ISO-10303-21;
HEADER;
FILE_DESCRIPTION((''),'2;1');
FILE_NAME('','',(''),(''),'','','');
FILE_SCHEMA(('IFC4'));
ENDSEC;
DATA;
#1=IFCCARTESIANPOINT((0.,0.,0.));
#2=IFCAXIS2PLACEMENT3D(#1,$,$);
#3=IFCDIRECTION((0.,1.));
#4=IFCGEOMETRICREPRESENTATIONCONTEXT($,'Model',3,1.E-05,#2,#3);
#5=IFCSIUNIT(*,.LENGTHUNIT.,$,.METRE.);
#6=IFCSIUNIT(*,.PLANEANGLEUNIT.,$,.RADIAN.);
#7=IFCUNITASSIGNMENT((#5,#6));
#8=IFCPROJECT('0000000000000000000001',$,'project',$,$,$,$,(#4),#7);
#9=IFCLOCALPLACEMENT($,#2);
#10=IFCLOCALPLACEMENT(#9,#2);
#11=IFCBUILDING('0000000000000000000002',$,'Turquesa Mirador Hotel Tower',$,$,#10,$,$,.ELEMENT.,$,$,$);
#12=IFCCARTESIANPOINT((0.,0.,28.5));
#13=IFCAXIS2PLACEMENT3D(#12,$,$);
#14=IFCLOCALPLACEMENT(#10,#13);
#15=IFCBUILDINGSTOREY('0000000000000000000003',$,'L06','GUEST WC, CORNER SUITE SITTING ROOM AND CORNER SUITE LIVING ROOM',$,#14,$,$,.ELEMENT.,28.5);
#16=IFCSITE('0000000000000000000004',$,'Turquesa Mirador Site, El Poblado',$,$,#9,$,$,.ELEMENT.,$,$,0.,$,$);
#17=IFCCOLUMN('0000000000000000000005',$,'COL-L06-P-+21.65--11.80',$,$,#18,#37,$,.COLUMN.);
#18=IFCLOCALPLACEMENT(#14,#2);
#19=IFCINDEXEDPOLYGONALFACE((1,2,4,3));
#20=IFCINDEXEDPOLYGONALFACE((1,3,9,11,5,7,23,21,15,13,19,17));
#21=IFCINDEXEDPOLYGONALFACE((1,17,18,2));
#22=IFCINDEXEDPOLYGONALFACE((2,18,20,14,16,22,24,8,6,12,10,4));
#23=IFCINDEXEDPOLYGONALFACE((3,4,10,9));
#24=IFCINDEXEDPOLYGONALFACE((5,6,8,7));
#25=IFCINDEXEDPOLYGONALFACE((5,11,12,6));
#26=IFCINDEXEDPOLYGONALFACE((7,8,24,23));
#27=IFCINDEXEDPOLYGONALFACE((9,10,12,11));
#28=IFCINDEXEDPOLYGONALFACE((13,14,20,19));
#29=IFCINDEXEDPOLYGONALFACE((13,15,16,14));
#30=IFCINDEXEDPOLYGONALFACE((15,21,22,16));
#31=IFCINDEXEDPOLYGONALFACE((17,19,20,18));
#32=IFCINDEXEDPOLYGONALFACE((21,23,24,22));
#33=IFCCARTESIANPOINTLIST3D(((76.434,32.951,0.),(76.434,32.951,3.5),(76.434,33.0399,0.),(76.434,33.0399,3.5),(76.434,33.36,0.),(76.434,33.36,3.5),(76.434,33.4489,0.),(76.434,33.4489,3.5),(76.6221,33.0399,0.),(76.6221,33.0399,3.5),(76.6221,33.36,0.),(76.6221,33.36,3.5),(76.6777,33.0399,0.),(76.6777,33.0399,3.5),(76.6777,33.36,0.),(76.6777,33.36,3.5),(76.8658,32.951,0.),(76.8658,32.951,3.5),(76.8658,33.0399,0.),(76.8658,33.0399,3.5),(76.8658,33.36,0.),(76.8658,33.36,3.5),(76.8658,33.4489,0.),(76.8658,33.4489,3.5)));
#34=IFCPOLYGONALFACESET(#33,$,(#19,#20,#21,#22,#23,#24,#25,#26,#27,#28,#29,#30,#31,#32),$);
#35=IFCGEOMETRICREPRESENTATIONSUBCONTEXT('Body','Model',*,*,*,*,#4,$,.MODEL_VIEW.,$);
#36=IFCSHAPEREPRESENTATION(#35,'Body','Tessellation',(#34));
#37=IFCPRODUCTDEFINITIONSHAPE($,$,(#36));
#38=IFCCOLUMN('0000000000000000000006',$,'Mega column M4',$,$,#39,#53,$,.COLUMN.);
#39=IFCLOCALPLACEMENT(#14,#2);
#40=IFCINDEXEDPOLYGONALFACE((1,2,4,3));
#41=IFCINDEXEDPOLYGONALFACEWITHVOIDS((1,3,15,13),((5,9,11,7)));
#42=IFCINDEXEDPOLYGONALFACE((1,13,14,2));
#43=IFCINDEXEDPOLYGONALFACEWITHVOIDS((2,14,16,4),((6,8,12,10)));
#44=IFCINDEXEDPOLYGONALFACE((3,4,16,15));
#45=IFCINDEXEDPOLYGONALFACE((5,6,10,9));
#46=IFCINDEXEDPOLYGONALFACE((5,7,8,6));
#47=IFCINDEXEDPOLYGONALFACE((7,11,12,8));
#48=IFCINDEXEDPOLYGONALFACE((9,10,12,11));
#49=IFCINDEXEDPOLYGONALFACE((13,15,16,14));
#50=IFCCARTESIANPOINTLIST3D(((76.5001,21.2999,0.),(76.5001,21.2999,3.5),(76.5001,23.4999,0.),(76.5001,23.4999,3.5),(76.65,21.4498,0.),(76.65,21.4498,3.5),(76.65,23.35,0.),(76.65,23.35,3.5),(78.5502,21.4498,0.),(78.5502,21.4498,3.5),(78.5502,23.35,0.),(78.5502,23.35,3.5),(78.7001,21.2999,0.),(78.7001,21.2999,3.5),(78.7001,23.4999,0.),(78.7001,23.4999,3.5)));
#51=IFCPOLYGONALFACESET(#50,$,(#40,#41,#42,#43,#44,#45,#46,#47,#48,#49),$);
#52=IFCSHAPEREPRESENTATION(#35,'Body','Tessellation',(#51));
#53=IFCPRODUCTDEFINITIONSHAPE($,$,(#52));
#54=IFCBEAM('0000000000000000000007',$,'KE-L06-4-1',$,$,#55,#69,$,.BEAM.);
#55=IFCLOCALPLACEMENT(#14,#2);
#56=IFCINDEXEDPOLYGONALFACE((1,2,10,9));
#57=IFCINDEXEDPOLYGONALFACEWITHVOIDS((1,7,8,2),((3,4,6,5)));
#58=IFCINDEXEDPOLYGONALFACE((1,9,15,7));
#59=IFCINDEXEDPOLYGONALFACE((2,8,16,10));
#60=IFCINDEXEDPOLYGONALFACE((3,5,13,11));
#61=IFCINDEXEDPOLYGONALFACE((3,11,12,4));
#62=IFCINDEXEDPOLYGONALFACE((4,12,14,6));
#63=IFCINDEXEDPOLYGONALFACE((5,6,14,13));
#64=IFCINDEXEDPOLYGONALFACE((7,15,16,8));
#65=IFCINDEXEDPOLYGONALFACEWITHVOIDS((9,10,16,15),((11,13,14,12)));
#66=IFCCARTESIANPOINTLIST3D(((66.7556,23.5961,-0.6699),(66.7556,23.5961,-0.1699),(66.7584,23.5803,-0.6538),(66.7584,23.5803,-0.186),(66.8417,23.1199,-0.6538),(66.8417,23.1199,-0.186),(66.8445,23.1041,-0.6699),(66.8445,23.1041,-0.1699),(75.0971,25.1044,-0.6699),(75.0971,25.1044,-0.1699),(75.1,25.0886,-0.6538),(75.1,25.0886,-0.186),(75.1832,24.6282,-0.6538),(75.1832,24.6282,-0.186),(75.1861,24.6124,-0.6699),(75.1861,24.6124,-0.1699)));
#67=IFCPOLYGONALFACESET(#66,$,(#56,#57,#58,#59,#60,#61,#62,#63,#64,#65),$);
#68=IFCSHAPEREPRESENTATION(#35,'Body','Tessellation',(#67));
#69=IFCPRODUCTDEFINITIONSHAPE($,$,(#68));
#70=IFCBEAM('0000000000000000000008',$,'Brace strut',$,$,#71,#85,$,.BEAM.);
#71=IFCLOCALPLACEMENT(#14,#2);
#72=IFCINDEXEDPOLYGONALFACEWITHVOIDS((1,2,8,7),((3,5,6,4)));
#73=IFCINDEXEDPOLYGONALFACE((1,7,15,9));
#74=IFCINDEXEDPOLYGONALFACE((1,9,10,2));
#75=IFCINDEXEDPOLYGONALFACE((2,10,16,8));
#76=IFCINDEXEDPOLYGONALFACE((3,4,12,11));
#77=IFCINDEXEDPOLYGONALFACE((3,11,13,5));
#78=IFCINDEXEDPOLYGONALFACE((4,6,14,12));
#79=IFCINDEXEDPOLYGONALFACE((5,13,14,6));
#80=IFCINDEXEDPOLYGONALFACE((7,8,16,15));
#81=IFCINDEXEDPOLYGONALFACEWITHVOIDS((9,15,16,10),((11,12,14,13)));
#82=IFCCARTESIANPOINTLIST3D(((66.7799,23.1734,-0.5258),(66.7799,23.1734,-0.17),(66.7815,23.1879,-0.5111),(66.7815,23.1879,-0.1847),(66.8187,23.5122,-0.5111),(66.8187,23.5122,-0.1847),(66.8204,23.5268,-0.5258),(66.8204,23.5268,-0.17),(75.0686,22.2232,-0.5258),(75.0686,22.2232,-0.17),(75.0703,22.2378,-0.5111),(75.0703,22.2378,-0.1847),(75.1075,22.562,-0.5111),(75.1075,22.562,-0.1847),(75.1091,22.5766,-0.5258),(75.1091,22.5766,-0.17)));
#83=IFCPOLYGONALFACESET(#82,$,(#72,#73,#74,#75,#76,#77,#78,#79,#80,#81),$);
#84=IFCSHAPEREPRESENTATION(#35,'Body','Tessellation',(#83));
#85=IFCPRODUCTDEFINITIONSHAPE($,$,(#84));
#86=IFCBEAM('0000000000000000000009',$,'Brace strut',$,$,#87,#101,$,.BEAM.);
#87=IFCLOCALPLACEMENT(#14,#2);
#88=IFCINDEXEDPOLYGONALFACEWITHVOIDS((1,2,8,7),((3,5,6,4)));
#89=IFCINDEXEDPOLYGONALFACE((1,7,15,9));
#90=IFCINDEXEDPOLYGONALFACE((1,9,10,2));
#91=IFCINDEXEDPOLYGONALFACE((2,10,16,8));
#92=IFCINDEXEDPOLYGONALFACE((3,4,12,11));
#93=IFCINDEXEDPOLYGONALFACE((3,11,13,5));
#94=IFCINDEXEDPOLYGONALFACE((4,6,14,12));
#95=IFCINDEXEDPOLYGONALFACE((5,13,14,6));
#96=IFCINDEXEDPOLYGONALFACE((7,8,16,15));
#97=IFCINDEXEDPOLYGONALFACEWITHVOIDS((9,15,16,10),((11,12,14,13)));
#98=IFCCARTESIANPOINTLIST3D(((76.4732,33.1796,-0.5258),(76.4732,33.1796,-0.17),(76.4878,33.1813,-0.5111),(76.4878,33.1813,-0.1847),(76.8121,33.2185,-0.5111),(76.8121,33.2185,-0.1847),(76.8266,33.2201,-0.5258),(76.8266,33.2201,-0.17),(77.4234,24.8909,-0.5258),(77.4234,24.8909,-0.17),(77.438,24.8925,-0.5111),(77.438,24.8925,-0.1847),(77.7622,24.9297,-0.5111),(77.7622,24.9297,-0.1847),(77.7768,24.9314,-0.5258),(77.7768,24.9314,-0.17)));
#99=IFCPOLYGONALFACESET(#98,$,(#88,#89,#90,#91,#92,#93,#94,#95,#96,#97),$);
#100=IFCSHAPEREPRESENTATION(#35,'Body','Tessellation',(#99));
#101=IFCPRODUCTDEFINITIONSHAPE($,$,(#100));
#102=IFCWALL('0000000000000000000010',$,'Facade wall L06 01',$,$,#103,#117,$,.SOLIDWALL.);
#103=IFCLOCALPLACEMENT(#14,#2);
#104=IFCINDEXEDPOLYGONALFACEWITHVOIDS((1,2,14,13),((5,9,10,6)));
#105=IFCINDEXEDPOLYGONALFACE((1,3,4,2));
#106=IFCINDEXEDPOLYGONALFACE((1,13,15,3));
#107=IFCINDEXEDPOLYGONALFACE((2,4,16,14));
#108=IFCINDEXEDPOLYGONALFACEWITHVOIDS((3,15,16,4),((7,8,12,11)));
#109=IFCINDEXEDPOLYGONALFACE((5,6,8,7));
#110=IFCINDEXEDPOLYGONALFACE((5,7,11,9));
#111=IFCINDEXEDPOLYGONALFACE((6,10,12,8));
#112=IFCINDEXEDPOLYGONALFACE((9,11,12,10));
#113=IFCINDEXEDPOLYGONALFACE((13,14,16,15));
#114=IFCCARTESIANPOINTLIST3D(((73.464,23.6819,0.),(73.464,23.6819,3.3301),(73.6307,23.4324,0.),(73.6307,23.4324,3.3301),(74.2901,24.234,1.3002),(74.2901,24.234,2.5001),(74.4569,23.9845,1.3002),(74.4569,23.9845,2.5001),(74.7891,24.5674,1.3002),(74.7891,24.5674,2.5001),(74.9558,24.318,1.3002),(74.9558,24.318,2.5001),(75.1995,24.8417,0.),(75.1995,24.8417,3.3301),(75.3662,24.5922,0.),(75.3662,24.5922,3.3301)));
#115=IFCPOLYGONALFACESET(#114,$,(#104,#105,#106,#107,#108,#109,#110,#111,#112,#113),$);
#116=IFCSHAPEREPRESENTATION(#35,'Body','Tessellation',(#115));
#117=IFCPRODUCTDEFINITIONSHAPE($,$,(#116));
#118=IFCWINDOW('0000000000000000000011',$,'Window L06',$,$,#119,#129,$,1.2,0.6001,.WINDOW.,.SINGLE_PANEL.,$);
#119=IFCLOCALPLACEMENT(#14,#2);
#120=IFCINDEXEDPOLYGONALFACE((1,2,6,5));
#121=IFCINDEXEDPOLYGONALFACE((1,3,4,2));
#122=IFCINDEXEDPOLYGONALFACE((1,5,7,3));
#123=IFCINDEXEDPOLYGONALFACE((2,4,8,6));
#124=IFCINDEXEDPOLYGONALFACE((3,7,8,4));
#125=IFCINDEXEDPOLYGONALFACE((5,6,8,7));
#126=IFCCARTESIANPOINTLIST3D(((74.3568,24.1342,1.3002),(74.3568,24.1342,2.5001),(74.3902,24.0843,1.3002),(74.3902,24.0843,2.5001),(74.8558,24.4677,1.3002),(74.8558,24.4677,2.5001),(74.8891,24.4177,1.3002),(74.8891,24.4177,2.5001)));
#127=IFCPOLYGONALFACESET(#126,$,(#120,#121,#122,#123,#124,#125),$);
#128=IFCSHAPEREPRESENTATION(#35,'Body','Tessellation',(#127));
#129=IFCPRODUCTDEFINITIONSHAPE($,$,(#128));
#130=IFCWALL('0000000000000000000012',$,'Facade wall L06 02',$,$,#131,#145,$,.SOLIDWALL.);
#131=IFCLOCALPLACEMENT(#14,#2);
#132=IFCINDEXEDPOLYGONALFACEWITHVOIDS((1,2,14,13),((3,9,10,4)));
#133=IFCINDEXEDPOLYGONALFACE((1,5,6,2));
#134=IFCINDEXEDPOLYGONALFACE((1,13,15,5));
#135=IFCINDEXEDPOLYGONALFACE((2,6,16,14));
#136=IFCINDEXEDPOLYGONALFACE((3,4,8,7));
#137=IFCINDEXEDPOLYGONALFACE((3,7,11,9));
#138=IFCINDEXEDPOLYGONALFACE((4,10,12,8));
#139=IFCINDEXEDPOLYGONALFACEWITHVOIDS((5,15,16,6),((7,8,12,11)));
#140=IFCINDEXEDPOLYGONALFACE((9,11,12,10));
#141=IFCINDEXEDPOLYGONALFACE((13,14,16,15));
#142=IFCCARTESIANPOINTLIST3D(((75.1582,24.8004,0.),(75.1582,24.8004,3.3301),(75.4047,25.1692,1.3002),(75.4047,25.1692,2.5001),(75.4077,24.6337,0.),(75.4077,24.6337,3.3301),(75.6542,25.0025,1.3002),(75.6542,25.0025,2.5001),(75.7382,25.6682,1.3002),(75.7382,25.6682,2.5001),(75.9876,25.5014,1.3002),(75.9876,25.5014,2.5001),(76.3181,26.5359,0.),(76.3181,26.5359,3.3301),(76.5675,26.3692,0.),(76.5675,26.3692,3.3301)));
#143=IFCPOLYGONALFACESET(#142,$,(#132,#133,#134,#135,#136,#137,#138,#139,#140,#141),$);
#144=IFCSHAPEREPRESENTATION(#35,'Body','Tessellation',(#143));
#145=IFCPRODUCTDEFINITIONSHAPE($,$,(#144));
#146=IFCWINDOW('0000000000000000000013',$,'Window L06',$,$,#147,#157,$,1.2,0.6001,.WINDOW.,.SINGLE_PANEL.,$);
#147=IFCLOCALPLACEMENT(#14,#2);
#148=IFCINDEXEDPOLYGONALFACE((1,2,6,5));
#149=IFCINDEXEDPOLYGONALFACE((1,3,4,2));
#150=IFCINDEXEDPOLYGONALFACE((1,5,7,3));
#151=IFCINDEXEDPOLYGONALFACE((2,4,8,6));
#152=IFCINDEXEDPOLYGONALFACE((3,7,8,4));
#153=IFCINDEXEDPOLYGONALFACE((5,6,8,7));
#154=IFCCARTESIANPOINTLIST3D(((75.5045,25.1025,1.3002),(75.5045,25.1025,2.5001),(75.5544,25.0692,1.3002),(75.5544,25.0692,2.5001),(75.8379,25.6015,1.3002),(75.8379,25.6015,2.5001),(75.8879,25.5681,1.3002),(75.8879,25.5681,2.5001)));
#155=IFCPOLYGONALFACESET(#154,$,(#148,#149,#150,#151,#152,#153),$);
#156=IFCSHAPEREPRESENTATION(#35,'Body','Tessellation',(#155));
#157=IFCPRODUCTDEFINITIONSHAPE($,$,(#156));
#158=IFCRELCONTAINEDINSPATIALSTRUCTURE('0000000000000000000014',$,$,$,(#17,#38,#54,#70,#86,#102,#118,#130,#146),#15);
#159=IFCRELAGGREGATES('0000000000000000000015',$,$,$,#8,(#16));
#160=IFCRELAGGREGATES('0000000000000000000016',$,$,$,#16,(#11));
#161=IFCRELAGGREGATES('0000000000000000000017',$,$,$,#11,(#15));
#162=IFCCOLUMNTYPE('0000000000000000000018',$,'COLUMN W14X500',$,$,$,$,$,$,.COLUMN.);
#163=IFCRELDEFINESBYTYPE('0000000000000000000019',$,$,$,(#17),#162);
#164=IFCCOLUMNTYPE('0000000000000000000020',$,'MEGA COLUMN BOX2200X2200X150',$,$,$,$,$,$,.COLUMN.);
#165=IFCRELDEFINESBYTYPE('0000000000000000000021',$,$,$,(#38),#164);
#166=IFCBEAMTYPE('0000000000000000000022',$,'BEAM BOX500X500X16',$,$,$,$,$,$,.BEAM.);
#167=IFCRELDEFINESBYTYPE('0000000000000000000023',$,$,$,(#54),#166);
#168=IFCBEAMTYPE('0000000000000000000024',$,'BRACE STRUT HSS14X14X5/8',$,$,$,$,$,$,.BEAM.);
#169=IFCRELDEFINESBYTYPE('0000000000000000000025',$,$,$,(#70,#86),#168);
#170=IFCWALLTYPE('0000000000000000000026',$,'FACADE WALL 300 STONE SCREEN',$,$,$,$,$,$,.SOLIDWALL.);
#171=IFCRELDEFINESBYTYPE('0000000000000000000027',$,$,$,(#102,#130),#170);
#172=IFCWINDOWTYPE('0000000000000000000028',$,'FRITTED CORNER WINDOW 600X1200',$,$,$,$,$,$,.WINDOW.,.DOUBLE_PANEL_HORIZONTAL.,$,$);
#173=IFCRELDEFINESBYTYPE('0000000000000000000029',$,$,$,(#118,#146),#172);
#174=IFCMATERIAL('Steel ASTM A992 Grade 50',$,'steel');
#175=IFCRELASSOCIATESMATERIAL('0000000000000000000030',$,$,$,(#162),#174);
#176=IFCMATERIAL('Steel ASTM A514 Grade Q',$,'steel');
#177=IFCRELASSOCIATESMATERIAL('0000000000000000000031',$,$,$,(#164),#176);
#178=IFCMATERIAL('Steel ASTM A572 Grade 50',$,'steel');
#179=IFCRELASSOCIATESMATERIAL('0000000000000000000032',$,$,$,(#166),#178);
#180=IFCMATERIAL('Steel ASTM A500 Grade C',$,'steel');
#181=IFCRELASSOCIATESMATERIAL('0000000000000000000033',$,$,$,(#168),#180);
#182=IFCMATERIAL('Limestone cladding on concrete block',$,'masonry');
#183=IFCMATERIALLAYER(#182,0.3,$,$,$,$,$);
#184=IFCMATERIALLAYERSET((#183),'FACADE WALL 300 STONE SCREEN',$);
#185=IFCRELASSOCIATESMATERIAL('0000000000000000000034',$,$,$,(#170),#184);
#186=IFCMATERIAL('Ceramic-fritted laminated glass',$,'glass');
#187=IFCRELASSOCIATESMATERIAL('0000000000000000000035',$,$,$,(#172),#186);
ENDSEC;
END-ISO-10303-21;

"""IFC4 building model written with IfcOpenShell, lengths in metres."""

from ifc_helpers import new_model, si_unit, direction, frame, frame_2d, origin, origin_2d, place, context, subcontext, project, spatial, rectangle, hollow_rectangle, i_section, extrude, material, layer, layer_set, material_profile, profile_set, type_object, element, fill, save


model = new_model("IFC4")

# Units and contexts
model_context = context("Model", 3, precision=1e-05, world=origin(), true_north=direction((0.0, 1.0)))
body_context = subcontext(model_context, "Body", "Model", "MODEL_VIEW")
ifc_project = project(units=[si_unit("LENGTHUNIT", "METRE"), si_unit("PLANEANGLEUNIT", "RADIAN")], contexts=[model_context])

# Site, building, storey
site_placement = place(None, origin())
site = spatial("IfcSite", under=ifc_project, at=site_placement, Name="Turquesa Mirador Site, El Poblado", CompositionType="ELEMENT", RefElevation=0.0)
building_placement = place(site_placement, origin())
building = spatial("IfcBuilding", under=site, at=building_placement, Name="Turquesa Mirador Hotel Tower", CompositionType="ELEMENT")
storey_placement = place(building_placement, frame((0.0, 0.0, 28.5)))
storey = spatial("IfcBuildingStorey", under=building, at=storey_placement, Name="L06", Description="GUEST WC, CORNER SUITE SITTING ROOM AND CORNER SUITE LIVING ROOM", CompositionType="ELEMENT", Elevation=28.5)

# Columns
ifc_material_1 = material(Name="Steel ASTM A992 Grade 50", Category="steel")
ifc_material_profile_1 = material_profile(ifc_material_1, i_section(OverallWidth=0.4319, OverallDepth=0.4978, WebThickness=0.0557, FlangeThickness=0.0889, at=origin_2d()), Name="W14X500")
ifc_profile_set_1 = profile_set([ifc_material_profile_1], Name="Steel ASTM A992 Grade 50")
column_type_1 = type_object("IfcColumnType", Name="COLUMN W14X500", PredefinedType="COLUMN", material=ifc_profile_set_1)
column_1_placement = place(storey_placement, frame((76.6499, 33.2, 0.0), z_axis=(0.0, 0.0, 1.0), x_axis=(1.0, 0.0, 0.0)))
element("IfcColumn", 1, at=column_1_placement, inside=storey, type_object=column_type_1, Name="COL-L06-P-+21.65--11.80", PredefinedType="COLUMN", context=body_context, shape_type="SweptSolid", body=[
    extrude(i_section(OverallWidth=0.4319, OverallDepth=0.4978, WebThickness=0.0557, FlangeThickness=0.0889, at=origin_2d()), origin(), (0.0, 0.0, 1.0), 3.5),
])
ifc_material_2 = material(Name="Steel ASTM A514 Grade Q", Category="steel")
ifc_material_profile_2 = material_profile(ifc_material_2, hollow_rectangle(XDim=2.2, YDim=2.2, WallThickness=0.1499, at=origin_2d()), Name="BOX2200X2200X150")
ifc_profile_set_2 = profile_set([ifc_material_profile_2], Name="Steel ASTM A514 Grade Q")
column_type_2 = type_object("IfcColumnType", Name="MEGA COLUMN BOX2200X2200X150", PredefinedType="COLUMN", material=ifc_profile_set_2)
column_2_placement = place(storey_placement, frame((77.6001, 22.3999, 0.0), z_axis=(0.0, 0.0, 1.0), x_axis=(1.0, 0.0, 0.0)))
element("IfcColumn", 2, at=column_2_placement, inside=storey, type_object=column_type_2, Name="Mega column M4", PredefinedType="COLUMN", context=body_context, shape_type="SweptSolid", body=[
    extrude(hollow_rectangle(XDim=2.2, YDim=2.2, WallThickness=0.1499, at=origin_2d()), origin(), (0.0, 0.0, 1.0), 3.5),
])

# Beams
ifc_material_3 = material(Name="Steel ASTM A572 Grade 50", Category="steel")
ifc_material_profile_3 = material_profile(ifc_material_3, hollow_rectangle(XDim=0.5, YDim=0.5, WallThickness=0.0161, at=origin_2d()), Name="BOX500X500X16")
ifc_profile_set_3 = profile_set([ifc_material_profile_3], Name="Steel ASTM A572 Grade 50")
beam_type_1 = type_object("IfcBeamType", Name="BEAM BOX500X500X16", PredefinedType="BEAM", material=ifc_profile_set_3)
beam_placement = place(storey_placement, frame((75.1416, 24.8584, -0.4199), z_axis=(-0.984043, -0.177932, 0.0), x_axis=(0.177932, -0.984043, 0.0)))
element("IfcBeam", 3, at=beam_placement, inside=storey, type_object=beam_type_1, Name="KE-L06-4-1", PredefinedType="BEAM", context=body_context, shape_type="SweptSolid", body=[
    extrude(hollow_rectangle(XDim=0.5, YDim=0.5, WallThickness=0.0161, at=origin_2d()), origin(), (0.0, 0.0, 1.0), 8.4768),
])
ifc_material_4 = material(Name="Steel ASTM A500 Grade C", Category="steel")
ifc_material_profile_4 = material_profile(ifc_material_4, hollow_rectangle(XDim=0.3557, YDim=0.3557, WallThickness=0.0146, at=origin_2d()), Name="HSS14X14X5/8")
ifc_profile_set_4 = profile_set([ifc_material_profile_4], Name="Steel ASTM A500 Grade C")
beam_type_2 = type_object("IfcBeamType", Name="BRACE STRUT HSS14X14X5/8", PredefinedType="BEAM", material=ifc_profile_set_4)
for number, where, z_axis, x_axis, name in (
    (4, (75.0889, 22.3999, -0.3479), (-0.993493, 0.11389, 0.0), (-0.11389, -0.993493, 0.0), "Brace strut"),
    (5, (77.6001, 24.9111, -0.3479), (-0.11389, 0.993493, 0.0), (-0.993493, -0.11389, 0.0), "Brace strut"),
):
    element("IfcBeam", number, at=place(storey_placement, frame(where, z_axis=z_axis, x_axis=x_axis)), inside=storey, type_object=beam_type_2, Name=name, PredefinedType="BEAM", context=body_context, shape_type="SweptSolid", body=[
        extrude(hollow_rectangle(XDim=0.3557, YDim=0.3557, WallThickness=0.0146, at=origin_2d()), origin(), (0.0, 0.0, 1.0), 8.343),
    ])

# Walls, openings, windows
ifc_material_5 = material(Name="Limestone cladding on concrete block", Category="masonry")
ifc_layer = layer(ifc_material_5, 0.3)
ifc_layer_set = layer_set([ifc_layer], Name="FACADE WALL 300 STONE SCREEN")
wall_type = type_object("IfcWallType", Name="FACADE WALL 300 STONE SCREEN", PredefinedType="SOLIDWALL", material=ifc_layer_set)
wall_1_placement = place(storey_placement, frame((73.5474, 23.5571, 0.0), z_axis=(0.0, 0.0, 1.0), x_axis=(0.83142, 0.555644, 0.0)))
wall_1 = element("IfcWall", 6, at=wall_1_placement, inside=storey, type_object=wall_type, Name="Facade wall L06 01", PredefinedType="SOLIDWALL", context=body_context, shape_type="SweptSolid", body=[
    extrude(rectangle(XDim=2.0874, YDim=0.3, at=frame_2d((1.0437, 0.0))), origin(), (0.0, 0.0, 1.0), 3.3301),
])
opening_1_placement = place(wall_1_placement, frame((0.9937, 0.0, 1.3)))
opening_1 = element("IfcOpeningElement", 7, at=opening_1_placement, cuts=wall_1, PredefinedType="OPENING", context=body_context, shape_type="SweptSolid", body=[
    extrude(rectangle(XDim=0.6001, YDim=1.2, at=frame_2d((0.3, 0.6001))), frame((0.0, 0.1599, 0.0), z_axis=(0.0, -1.0, 0.0), x_axis=(1.0, 0.0, 0.0)), (0.0, 0.0, 1.0), 0.3201),
])
ifc_material_6 = material(Name="Ceramic-fritted laminated glass", Category="glass")
window_type_1 = type_object("IfcWindowType", Name="FRITTED CORNER WINDOW 600X1200", PartitioningType="DOUBLE_PANEL_HORIZONTAL", PredefinedType="WINDOW", material=ifc_material_6)
window_1_placement = place(opening_1_placement, origin())
window_1 = element("IfcWindow", 8, at=window_1_placement, inside=storey, type_object=window_type_1, Name="Window L06", OverallHeight=1.2, OverallWidth=0.6001, PartitioningType="SINGLE_PANEL", PredefinedType="WINDOW", context=body_context, shape_type="SweptSolid", body=[
    extrude(rectangle(XDim=0.6001, YDim=1.2, at=frame_2d((0.3, 0.6001))), frame((0.0, 0.03, 0.0), z_axis=(0.0, -1.0, 0.0), x_axis=(1.0, 0.0, 0.0)), (0.0, 0.0, 1.0), 0.0601),
])
fill(opening_1, window_1)
wall_2_placement = place(storey_placement, frame((75.283, 24.717, 0.0), z_axis=(0.0, 0.0, 1.0), x_axis=(0.555644, 0.83142, 0.0)))
wall_2 = element("IfcWall", 9, at=wall_2_placement, inside=storey, type_object=wall_type, Name="Facade wall L06 02", PredefinedType="SOLIDWALL", context=body_context, shape_type="SweptSolid", body=[
    extrude(rectangle(XDim=2.0874, YDim=0.3, at=frame_2d((1.0437, 0.0))), origin(), (0.0, 0.0, 1.0), 3.3301),
])
opening_2_placement = place(wall_2_placement, frame((0.4436, 0.0, 1.3)))
opening_2 = element("IfcOpeningElement", 10, at=opening_2_placement, cuts=wall_2, PredefinedType="OPENING", context=body_context, shape_type="SweptSolid", body=[
    extrude(rectangle(XDim=0.6001, YDim=1.2, at=frame_2d((0.3, 0.6001))), frame((0.0, 0.1599, 0.0), z_axis=(0.0, -1.0, 0.0), x_axis=(1.0, 0.0, 0.0)), (0.0, 0.0, 1.0), 0.3201),
])
window_2_placement = place(opening_2_placement, origin())
window_2 = element("IfcWindow", 11, at=window_2_placement, inside=storey, type_object=window_type_1, Name="Window L06", OverallHeight=1.2, OverallWidth=0.6001, PartitioningType="SINGLE_PANEL", PredefinedType="WINDOW", context=body_context, shape_type="SweptSolid", body=[
    extrude(rectangle(XDim=0.6001, YDim=1.2, at=frame_2d((0.3, 0.6001))), frame((0.0, 0.03, 0.0), z_axis=(0.0, -1.0, 0.0), x_axis=(1.0, 0.0, 0.0)), (0.0, 0.0, 1.0), 0.0601),
])
fill(opening_2, window_2)

save(model, "model.ifc")
